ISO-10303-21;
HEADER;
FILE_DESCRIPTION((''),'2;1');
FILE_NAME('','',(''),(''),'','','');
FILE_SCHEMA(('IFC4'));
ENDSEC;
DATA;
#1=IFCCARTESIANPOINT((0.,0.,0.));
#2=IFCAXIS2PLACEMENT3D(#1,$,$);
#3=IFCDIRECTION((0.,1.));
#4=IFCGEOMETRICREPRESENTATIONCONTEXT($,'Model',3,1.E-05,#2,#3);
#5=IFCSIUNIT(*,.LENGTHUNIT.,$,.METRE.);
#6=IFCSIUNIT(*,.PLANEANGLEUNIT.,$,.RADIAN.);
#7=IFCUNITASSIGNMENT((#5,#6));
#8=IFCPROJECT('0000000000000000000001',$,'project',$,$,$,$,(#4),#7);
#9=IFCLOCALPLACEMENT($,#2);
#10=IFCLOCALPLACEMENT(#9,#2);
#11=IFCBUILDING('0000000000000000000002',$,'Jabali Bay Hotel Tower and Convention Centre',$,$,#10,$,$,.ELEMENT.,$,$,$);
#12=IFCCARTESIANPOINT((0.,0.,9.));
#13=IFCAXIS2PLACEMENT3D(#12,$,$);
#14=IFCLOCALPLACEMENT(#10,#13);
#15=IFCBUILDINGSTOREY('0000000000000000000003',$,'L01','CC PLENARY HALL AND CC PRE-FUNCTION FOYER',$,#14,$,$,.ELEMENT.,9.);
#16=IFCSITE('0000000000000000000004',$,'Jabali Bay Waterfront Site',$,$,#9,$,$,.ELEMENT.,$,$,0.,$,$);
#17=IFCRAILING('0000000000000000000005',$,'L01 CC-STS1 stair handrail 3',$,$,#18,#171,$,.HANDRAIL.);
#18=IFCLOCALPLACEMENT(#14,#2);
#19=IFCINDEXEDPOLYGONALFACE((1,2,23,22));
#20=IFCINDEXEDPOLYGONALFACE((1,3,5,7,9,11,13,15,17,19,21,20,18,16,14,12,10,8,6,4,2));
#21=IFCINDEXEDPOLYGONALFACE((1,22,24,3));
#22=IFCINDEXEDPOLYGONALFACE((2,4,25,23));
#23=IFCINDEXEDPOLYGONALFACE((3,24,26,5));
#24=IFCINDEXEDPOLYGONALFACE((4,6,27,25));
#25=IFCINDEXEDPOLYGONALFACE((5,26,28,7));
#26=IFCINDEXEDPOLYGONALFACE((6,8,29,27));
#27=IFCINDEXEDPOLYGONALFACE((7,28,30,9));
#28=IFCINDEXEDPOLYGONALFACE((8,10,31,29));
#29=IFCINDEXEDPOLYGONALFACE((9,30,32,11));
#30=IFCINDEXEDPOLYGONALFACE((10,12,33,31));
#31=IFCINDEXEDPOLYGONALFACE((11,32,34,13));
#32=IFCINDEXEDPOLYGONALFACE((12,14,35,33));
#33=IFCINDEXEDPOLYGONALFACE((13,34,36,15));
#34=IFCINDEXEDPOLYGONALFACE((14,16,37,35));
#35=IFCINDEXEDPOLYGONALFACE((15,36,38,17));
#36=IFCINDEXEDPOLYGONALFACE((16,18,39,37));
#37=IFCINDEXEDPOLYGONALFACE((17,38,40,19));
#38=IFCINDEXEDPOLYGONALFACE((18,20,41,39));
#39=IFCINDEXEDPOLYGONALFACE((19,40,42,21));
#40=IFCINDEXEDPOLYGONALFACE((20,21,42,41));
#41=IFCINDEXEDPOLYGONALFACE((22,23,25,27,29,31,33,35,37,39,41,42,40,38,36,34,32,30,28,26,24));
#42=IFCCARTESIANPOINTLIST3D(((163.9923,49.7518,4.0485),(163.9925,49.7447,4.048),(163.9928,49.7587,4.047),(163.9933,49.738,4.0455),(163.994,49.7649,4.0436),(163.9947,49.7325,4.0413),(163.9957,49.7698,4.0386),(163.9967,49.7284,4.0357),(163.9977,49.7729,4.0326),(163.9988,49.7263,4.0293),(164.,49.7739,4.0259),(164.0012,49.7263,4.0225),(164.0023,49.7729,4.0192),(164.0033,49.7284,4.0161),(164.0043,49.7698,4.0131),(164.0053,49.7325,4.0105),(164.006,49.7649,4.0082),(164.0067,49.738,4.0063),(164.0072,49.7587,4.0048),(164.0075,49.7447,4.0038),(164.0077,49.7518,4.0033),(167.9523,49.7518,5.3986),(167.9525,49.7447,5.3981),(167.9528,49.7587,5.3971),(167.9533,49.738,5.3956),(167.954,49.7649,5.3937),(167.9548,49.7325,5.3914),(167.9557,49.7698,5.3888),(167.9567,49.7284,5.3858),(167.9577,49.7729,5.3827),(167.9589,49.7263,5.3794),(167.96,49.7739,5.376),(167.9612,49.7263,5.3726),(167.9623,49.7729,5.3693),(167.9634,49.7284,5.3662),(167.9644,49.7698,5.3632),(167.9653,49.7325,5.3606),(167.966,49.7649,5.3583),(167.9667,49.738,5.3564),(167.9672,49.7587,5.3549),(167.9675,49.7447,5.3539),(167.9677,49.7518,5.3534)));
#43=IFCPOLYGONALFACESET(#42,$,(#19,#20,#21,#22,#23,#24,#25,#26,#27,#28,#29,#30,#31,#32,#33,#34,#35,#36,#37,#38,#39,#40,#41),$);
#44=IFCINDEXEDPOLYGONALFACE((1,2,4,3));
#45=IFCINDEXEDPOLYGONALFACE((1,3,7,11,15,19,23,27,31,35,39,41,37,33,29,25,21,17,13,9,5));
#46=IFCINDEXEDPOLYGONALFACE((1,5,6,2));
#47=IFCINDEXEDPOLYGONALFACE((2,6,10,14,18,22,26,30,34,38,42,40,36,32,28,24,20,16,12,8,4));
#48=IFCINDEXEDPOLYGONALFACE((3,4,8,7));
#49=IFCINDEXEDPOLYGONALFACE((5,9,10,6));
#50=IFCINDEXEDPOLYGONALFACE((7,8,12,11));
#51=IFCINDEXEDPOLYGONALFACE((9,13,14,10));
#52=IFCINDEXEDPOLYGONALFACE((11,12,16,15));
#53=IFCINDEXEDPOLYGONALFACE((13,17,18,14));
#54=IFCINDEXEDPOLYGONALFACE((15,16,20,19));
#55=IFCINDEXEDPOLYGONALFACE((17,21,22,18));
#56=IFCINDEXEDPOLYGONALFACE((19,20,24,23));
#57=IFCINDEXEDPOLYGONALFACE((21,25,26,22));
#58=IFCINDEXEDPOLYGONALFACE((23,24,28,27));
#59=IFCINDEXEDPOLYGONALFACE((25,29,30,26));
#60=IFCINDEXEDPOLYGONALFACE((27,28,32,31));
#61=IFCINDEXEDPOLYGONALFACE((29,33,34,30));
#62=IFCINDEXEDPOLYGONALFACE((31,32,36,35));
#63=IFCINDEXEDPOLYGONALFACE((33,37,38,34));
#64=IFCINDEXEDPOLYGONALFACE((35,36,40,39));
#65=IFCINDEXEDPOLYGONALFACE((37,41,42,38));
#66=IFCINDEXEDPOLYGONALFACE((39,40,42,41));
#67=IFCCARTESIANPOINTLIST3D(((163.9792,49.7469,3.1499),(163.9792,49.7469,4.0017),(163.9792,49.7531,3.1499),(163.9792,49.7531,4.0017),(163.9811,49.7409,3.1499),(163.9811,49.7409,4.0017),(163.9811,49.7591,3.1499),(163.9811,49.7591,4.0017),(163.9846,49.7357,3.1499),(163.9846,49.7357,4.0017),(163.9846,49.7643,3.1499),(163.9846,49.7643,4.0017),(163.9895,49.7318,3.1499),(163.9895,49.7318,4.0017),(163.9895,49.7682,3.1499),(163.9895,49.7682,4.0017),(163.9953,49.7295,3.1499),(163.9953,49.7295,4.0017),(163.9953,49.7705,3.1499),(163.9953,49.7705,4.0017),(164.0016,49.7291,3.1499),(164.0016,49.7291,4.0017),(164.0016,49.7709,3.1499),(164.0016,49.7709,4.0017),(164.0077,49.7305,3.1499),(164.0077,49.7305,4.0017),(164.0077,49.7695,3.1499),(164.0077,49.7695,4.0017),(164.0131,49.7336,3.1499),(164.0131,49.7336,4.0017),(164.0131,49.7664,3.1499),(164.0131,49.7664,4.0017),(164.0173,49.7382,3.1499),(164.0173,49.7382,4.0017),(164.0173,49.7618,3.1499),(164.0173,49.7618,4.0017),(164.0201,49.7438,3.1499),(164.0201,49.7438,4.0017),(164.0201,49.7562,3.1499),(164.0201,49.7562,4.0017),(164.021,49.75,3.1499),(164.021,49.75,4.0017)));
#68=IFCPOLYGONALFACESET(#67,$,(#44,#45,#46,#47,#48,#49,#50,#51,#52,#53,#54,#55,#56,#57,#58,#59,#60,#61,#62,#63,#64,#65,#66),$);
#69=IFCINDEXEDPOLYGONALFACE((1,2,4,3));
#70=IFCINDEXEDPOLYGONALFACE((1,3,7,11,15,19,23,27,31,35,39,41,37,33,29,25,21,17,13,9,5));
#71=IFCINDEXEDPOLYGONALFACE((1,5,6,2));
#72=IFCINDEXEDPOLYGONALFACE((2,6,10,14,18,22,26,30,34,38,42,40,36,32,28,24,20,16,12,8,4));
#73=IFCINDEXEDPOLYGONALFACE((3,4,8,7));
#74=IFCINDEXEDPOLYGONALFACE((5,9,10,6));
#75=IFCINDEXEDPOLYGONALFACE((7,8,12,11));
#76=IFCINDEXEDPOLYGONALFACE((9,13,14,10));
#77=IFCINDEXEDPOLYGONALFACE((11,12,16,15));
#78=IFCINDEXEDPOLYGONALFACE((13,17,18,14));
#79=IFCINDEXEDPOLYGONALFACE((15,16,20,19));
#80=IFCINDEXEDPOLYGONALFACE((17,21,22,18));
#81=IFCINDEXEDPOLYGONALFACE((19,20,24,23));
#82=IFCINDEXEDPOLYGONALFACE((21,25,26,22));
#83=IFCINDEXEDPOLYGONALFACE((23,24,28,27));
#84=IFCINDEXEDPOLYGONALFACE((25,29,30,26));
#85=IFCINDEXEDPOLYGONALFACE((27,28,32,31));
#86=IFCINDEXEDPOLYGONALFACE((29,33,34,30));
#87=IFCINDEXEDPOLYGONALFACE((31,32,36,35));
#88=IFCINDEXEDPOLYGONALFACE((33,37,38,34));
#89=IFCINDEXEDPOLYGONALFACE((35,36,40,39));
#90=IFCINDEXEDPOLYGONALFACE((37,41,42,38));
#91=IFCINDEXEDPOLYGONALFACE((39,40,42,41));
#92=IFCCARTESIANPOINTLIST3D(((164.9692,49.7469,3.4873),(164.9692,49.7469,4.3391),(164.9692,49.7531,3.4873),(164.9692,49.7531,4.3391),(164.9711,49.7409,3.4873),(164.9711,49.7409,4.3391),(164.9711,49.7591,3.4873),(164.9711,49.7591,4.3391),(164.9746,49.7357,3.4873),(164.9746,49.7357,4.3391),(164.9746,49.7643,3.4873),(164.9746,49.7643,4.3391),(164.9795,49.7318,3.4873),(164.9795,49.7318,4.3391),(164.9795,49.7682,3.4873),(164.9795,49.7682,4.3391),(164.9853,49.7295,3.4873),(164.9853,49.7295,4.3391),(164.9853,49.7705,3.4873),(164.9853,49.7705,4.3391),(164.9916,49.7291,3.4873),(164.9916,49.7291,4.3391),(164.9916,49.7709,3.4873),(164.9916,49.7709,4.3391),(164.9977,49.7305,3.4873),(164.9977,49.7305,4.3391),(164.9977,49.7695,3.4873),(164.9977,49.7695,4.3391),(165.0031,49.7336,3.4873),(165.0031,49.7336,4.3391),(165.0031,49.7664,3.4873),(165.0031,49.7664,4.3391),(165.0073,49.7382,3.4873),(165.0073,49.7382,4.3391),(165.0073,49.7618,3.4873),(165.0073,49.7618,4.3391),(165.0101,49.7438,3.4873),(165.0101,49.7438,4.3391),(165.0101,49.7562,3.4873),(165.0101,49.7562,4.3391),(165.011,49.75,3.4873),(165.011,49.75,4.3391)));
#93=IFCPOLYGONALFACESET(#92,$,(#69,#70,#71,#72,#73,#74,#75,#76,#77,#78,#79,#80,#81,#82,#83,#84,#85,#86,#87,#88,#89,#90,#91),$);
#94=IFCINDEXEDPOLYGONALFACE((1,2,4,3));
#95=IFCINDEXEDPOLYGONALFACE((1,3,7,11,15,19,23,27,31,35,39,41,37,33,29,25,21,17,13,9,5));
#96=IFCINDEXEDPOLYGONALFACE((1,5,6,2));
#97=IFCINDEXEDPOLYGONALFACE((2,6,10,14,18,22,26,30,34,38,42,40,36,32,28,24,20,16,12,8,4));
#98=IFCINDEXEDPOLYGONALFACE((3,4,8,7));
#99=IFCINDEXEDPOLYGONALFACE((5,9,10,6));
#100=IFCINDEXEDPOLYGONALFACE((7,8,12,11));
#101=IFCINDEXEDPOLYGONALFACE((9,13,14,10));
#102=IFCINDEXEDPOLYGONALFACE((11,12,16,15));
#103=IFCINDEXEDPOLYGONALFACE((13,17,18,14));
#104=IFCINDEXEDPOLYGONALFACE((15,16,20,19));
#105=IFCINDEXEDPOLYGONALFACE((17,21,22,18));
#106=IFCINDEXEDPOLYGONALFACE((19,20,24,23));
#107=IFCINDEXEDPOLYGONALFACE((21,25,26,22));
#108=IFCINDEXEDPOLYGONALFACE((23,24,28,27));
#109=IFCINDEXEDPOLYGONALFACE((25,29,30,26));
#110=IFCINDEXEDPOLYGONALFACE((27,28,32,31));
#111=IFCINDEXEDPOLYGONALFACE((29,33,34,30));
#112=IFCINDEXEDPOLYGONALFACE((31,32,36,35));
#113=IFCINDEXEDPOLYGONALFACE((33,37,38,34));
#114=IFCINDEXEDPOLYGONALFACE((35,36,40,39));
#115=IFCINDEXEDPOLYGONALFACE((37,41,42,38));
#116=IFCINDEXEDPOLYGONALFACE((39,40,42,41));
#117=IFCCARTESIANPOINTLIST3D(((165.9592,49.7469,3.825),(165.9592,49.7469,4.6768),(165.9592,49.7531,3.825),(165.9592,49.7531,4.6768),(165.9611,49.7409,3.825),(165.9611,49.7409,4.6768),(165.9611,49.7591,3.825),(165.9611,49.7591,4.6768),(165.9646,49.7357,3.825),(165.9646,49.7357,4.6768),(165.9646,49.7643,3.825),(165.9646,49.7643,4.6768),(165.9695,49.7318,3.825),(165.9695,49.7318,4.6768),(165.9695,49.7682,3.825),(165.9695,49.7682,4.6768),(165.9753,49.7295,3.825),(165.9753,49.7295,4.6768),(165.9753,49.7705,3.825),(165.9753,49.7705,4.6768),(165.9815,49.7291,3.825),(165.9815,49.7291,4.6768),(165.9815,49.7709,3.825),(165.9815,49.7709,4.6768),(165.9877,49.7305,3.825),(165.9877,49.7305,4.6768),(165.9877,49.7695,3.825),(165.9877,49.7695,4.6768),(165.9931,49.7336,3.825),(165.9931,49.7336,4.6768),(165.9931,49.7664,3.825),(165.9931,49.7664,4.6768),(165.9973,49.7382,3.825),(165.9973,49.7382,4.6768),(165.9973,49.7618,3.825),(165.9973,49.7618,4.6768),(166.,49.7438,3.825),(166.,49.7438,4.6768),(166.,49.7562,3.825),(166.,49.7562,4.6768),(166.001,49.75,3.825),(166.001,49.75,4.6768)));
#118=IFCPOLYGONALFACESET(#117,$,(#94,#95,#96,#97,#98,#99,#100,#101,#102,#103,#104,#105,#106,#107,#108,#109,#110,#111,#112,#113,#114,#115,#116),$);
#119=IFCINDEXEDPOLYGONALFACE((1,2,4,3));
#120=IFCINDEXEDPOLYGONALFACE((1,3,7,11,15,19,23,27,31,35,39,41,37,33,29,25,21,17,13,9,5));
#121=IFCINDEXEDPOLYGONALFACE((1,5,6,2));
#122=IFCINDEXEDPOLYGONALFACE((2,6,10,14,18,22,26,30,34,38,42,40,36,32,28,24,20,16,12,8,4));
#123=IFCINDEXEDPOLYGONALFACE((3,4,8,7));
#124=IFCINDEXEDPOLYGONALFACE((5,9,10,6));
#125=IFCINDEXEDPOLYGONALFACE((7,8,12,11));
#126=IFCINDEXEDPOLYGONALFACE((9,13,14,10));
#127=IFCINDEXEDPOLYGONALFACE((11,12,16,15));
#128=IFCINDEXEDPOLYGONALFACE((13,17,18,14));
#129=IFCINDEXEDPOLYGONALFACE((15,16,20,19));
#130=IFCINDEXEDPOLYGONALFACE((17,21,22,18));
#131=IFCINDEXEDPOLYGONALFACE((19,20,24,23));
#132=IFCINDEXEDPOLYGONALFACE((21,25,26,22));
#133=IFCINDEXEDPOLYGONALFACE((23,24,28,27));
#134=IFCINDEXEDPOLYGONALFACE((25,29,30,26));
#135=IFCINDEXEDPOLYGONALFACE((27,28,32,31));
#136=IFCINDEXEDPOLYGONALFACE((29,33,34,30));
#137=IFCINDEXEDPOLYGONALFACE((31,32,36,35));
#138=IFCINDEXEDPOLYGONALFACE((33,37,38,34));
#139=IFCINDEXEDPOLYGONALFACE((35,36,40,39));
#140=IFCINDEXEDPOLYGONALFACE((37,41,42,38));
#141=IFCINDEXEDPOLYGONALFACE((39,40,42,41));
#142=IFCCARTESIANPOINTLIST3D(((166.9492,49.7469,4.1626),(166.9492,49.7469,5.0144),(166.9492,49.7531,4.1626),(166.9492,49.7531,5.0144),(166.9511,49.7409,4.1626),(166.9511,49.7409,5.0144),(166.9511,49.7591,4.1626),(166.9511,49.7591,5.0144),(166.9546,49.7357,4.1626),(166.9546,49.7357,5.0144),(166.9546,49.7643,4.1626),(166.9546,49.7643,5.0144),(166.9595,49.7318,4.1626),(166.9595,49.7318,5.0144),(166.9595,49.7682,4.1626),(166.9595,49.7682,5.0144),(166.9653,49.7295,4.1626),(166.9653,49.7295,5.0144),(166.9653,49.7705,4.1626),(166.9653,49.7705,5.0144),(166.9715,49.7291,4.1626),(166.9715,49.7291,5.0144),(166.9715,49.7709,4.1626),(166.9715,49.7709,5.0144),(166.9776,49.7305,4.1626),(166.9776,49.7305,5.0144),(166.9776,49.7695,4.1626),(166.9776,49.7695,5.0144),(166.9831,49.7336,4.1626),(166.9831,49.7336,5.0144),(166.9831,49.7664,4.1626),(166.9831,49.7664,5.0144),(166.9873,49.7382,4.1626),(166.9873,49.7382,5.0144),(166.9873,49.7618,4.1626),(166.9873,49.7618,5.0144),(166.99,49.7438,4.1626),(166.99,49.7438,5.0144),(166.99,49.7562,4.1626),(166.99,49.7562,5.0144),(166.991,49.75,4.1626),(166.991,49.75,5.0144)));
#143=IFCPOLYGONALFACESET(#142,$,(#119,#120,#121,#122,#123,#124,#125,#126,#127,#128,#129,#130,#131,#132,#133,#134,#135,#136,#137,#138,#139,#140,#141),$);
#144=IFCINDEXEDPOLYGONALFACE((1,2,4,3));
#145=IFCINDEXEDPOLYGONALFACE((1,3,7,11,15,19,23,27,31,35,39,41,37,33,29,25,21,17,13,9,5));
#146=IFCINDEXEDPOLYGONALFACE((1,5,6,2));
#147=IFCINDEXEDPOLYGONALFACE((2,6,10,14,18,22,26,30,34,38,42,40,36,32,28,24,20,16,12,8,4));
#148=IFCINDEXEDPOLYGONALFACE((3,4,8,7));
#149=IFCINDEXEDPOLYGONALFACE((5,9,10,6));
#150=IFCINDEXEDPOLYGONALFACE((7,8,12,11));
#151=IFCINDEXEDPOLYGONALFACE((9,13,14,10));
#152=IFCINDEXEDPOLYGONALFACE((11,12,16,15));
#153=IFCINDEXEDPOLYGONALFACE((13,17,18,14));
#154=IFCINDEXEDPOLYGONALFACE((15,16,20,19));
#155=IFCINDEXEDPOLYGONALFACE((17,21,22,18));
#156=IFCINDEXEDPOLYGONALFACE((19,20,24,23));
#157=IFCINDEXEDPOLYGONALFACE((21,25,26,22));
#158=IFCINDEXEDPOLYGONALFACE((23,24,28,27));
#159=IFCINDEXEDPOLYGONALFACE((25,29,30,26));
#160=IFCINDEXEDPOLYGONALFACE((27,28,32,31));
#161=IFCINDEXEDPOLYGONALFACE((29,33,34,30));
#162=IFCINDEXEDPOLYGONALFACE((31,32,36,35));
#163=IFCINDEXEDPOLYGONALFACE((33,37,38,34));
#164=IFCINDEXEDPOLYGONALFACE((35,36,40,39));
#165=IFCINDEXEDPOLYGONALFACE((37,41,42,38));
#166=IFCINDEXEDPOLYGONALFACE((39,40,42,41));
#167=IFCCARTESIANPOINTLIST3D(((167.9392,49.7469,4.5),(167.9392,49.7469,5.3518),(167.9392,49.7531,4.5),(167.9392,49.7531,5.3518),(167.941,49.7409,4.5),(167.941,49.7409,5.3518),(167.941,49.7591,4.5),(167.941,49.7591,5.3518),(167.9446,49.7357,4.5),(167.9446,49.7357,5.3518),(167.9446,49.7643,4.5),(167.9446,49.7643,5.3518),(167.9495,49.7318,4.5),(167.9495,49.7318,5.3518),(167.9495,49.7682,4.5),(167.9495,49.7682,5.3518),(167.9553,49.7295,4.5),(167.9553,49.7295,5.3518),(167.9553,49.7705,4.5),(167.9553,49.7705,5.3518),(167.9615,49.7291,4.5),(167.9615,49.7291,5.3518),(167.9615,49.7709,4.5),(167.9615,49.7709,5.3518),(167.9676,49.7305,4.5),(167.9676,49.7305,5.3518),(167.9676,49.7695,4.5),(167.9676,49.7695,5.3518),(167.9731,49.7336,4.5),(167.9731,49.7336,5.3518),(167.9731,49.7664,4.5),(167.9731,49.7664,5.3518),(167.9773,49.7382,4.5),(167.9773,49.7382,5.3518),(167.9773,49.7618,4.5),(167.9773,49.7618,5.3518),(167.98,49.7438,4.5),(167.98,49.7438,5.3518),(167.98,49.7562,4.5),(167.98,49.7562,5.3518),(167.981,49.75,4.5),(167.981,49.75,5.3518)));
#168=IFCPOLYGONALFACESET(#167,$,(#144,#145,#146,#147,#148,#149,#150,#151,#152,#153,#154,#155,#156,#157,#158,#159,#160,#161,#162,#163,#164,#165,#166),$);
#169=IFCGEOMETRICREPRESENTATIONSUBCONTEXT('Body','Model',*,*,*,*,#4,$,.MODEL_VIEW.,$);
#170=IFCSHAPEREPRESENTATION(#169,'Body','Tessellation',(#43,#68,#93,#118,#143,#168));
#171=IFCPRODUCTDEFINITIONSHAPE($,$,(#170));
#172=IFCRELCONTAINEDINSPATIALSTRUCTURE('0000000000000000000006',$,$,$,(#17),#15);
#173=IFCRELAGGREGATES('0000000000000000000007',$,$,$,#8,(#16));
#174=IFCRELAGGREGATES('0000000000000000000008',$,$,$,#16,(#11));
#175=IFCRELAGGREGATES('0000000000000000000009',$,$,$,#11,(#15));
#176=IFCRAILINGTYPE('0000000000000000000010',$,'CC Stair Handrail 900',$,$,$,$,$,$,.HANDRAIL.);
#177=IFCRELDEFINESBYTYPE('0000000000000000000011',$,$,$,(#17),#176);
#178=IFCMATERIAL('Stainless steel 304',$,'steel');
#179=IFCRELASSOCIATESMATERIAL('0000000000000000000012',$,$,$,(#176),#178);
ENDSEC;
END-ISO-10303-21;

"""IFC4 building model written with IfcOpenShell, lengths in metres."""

from ifc_helpers import new_model, si_unit, direction, frame, origin, origin_2d, place, context, subcontext, project, spatial, circle, extrude, material, type_object, element, save


model = new_model("IFC4")

# Units and contexts
model_context = context("Model", 3, precision=1e-05, world=origin(), true_north=direction((0.0, 1.0)))
body_context = subcontext(model_context, "Body", "Model", "MODEL_VIEW")
ifc_project = project(units=[si_unit("LENGTHUNIT", "METRE"), si_unit("PLANEANGLEUNIT", "RADIAN")], contexts=[model_context])

# Site, building, storey
site_placement = place(None, origin())
site = spatial("IfcSite", under=ifc_project, at=site_placement, Name="Jabali Bay Waterfront Site", CompositionType="ELEMENT", RefElevation=0.0)
building_placement = place(site_placement, origin())
building = spatial("IfcBuilding", under=site, at=building_placement, Name="Jabali Bay Hotel Tower and Convention Centre", CompositionType="ELEMENT")
storey_placement = place(building_placement, frame((0.0, 0.0, 9.0)))
storey = spatial("IfcBuildingStorey", under=building, at=storey_placement, Name="L01", Description="CC PLENARY HALL AND CC PRE-FUNCTION FOYER", CompositionType="ELEMENT", Elevation=9.0)

# Railing
ifc_material_1 = material(Name="Stainless steel 304", Category="steel")
railing_type_1 = type_object("IfcRailingType", Name="CC Stair Handrail 900", PredefinedType="HANDRAIL", material=ifc_material_1)
for number, where, name in (
    (1, (164.0, 49.75, 3.1499), "L01 CC-STS1 stair handrail 3"),
):
    element("IfcRailing", number, at=place(storey_placement, frame(where)), inside=storey, type_object=railing_type_1, Name=name, PredefinedType="HANDRAIL", context=body_context, shape_type="SweptSolid", body=[
        extrude(circle(Radius=0.0239, at=origin_2d()), frame((0.0, 0.0, 0.876), z_axis=(0.946502, 0.0, 0.322698), x_axis=(0.0, 1.0, 0.0)), (0.0, 0.0, 1.0), 4.1838),
        extrude(circle(Radius=0.021, at=origin_2d()), origin(), (0.0, 0.0, 1.0), 0.8518),
        extrude(circle(Radius=0.021, at=origin_2d()), frame((0.99, 0.0, 0.3374)), (0.0, 0.0, 1.0), 0.8518),
        extrude(circle(Radius=0.021, at=origin_2d()), frame((1.98, 0.0, 0.675)), (0.0, 0.0, 1.0), 0.8518),
        extrude(circle(Radius=0.021, at=origin_2d()), frame((2.97, 0.0, 1.0127)), (0.0, 0.0, 1.0), 0.8518),
        extrude(circle(Radius=0.021, at=origin_2d()), frame((3.96, 0.0, 1.3501)), (0.0, 0.0, 1.0), 0.8518),
    ])

save(model, "model.ifc")
